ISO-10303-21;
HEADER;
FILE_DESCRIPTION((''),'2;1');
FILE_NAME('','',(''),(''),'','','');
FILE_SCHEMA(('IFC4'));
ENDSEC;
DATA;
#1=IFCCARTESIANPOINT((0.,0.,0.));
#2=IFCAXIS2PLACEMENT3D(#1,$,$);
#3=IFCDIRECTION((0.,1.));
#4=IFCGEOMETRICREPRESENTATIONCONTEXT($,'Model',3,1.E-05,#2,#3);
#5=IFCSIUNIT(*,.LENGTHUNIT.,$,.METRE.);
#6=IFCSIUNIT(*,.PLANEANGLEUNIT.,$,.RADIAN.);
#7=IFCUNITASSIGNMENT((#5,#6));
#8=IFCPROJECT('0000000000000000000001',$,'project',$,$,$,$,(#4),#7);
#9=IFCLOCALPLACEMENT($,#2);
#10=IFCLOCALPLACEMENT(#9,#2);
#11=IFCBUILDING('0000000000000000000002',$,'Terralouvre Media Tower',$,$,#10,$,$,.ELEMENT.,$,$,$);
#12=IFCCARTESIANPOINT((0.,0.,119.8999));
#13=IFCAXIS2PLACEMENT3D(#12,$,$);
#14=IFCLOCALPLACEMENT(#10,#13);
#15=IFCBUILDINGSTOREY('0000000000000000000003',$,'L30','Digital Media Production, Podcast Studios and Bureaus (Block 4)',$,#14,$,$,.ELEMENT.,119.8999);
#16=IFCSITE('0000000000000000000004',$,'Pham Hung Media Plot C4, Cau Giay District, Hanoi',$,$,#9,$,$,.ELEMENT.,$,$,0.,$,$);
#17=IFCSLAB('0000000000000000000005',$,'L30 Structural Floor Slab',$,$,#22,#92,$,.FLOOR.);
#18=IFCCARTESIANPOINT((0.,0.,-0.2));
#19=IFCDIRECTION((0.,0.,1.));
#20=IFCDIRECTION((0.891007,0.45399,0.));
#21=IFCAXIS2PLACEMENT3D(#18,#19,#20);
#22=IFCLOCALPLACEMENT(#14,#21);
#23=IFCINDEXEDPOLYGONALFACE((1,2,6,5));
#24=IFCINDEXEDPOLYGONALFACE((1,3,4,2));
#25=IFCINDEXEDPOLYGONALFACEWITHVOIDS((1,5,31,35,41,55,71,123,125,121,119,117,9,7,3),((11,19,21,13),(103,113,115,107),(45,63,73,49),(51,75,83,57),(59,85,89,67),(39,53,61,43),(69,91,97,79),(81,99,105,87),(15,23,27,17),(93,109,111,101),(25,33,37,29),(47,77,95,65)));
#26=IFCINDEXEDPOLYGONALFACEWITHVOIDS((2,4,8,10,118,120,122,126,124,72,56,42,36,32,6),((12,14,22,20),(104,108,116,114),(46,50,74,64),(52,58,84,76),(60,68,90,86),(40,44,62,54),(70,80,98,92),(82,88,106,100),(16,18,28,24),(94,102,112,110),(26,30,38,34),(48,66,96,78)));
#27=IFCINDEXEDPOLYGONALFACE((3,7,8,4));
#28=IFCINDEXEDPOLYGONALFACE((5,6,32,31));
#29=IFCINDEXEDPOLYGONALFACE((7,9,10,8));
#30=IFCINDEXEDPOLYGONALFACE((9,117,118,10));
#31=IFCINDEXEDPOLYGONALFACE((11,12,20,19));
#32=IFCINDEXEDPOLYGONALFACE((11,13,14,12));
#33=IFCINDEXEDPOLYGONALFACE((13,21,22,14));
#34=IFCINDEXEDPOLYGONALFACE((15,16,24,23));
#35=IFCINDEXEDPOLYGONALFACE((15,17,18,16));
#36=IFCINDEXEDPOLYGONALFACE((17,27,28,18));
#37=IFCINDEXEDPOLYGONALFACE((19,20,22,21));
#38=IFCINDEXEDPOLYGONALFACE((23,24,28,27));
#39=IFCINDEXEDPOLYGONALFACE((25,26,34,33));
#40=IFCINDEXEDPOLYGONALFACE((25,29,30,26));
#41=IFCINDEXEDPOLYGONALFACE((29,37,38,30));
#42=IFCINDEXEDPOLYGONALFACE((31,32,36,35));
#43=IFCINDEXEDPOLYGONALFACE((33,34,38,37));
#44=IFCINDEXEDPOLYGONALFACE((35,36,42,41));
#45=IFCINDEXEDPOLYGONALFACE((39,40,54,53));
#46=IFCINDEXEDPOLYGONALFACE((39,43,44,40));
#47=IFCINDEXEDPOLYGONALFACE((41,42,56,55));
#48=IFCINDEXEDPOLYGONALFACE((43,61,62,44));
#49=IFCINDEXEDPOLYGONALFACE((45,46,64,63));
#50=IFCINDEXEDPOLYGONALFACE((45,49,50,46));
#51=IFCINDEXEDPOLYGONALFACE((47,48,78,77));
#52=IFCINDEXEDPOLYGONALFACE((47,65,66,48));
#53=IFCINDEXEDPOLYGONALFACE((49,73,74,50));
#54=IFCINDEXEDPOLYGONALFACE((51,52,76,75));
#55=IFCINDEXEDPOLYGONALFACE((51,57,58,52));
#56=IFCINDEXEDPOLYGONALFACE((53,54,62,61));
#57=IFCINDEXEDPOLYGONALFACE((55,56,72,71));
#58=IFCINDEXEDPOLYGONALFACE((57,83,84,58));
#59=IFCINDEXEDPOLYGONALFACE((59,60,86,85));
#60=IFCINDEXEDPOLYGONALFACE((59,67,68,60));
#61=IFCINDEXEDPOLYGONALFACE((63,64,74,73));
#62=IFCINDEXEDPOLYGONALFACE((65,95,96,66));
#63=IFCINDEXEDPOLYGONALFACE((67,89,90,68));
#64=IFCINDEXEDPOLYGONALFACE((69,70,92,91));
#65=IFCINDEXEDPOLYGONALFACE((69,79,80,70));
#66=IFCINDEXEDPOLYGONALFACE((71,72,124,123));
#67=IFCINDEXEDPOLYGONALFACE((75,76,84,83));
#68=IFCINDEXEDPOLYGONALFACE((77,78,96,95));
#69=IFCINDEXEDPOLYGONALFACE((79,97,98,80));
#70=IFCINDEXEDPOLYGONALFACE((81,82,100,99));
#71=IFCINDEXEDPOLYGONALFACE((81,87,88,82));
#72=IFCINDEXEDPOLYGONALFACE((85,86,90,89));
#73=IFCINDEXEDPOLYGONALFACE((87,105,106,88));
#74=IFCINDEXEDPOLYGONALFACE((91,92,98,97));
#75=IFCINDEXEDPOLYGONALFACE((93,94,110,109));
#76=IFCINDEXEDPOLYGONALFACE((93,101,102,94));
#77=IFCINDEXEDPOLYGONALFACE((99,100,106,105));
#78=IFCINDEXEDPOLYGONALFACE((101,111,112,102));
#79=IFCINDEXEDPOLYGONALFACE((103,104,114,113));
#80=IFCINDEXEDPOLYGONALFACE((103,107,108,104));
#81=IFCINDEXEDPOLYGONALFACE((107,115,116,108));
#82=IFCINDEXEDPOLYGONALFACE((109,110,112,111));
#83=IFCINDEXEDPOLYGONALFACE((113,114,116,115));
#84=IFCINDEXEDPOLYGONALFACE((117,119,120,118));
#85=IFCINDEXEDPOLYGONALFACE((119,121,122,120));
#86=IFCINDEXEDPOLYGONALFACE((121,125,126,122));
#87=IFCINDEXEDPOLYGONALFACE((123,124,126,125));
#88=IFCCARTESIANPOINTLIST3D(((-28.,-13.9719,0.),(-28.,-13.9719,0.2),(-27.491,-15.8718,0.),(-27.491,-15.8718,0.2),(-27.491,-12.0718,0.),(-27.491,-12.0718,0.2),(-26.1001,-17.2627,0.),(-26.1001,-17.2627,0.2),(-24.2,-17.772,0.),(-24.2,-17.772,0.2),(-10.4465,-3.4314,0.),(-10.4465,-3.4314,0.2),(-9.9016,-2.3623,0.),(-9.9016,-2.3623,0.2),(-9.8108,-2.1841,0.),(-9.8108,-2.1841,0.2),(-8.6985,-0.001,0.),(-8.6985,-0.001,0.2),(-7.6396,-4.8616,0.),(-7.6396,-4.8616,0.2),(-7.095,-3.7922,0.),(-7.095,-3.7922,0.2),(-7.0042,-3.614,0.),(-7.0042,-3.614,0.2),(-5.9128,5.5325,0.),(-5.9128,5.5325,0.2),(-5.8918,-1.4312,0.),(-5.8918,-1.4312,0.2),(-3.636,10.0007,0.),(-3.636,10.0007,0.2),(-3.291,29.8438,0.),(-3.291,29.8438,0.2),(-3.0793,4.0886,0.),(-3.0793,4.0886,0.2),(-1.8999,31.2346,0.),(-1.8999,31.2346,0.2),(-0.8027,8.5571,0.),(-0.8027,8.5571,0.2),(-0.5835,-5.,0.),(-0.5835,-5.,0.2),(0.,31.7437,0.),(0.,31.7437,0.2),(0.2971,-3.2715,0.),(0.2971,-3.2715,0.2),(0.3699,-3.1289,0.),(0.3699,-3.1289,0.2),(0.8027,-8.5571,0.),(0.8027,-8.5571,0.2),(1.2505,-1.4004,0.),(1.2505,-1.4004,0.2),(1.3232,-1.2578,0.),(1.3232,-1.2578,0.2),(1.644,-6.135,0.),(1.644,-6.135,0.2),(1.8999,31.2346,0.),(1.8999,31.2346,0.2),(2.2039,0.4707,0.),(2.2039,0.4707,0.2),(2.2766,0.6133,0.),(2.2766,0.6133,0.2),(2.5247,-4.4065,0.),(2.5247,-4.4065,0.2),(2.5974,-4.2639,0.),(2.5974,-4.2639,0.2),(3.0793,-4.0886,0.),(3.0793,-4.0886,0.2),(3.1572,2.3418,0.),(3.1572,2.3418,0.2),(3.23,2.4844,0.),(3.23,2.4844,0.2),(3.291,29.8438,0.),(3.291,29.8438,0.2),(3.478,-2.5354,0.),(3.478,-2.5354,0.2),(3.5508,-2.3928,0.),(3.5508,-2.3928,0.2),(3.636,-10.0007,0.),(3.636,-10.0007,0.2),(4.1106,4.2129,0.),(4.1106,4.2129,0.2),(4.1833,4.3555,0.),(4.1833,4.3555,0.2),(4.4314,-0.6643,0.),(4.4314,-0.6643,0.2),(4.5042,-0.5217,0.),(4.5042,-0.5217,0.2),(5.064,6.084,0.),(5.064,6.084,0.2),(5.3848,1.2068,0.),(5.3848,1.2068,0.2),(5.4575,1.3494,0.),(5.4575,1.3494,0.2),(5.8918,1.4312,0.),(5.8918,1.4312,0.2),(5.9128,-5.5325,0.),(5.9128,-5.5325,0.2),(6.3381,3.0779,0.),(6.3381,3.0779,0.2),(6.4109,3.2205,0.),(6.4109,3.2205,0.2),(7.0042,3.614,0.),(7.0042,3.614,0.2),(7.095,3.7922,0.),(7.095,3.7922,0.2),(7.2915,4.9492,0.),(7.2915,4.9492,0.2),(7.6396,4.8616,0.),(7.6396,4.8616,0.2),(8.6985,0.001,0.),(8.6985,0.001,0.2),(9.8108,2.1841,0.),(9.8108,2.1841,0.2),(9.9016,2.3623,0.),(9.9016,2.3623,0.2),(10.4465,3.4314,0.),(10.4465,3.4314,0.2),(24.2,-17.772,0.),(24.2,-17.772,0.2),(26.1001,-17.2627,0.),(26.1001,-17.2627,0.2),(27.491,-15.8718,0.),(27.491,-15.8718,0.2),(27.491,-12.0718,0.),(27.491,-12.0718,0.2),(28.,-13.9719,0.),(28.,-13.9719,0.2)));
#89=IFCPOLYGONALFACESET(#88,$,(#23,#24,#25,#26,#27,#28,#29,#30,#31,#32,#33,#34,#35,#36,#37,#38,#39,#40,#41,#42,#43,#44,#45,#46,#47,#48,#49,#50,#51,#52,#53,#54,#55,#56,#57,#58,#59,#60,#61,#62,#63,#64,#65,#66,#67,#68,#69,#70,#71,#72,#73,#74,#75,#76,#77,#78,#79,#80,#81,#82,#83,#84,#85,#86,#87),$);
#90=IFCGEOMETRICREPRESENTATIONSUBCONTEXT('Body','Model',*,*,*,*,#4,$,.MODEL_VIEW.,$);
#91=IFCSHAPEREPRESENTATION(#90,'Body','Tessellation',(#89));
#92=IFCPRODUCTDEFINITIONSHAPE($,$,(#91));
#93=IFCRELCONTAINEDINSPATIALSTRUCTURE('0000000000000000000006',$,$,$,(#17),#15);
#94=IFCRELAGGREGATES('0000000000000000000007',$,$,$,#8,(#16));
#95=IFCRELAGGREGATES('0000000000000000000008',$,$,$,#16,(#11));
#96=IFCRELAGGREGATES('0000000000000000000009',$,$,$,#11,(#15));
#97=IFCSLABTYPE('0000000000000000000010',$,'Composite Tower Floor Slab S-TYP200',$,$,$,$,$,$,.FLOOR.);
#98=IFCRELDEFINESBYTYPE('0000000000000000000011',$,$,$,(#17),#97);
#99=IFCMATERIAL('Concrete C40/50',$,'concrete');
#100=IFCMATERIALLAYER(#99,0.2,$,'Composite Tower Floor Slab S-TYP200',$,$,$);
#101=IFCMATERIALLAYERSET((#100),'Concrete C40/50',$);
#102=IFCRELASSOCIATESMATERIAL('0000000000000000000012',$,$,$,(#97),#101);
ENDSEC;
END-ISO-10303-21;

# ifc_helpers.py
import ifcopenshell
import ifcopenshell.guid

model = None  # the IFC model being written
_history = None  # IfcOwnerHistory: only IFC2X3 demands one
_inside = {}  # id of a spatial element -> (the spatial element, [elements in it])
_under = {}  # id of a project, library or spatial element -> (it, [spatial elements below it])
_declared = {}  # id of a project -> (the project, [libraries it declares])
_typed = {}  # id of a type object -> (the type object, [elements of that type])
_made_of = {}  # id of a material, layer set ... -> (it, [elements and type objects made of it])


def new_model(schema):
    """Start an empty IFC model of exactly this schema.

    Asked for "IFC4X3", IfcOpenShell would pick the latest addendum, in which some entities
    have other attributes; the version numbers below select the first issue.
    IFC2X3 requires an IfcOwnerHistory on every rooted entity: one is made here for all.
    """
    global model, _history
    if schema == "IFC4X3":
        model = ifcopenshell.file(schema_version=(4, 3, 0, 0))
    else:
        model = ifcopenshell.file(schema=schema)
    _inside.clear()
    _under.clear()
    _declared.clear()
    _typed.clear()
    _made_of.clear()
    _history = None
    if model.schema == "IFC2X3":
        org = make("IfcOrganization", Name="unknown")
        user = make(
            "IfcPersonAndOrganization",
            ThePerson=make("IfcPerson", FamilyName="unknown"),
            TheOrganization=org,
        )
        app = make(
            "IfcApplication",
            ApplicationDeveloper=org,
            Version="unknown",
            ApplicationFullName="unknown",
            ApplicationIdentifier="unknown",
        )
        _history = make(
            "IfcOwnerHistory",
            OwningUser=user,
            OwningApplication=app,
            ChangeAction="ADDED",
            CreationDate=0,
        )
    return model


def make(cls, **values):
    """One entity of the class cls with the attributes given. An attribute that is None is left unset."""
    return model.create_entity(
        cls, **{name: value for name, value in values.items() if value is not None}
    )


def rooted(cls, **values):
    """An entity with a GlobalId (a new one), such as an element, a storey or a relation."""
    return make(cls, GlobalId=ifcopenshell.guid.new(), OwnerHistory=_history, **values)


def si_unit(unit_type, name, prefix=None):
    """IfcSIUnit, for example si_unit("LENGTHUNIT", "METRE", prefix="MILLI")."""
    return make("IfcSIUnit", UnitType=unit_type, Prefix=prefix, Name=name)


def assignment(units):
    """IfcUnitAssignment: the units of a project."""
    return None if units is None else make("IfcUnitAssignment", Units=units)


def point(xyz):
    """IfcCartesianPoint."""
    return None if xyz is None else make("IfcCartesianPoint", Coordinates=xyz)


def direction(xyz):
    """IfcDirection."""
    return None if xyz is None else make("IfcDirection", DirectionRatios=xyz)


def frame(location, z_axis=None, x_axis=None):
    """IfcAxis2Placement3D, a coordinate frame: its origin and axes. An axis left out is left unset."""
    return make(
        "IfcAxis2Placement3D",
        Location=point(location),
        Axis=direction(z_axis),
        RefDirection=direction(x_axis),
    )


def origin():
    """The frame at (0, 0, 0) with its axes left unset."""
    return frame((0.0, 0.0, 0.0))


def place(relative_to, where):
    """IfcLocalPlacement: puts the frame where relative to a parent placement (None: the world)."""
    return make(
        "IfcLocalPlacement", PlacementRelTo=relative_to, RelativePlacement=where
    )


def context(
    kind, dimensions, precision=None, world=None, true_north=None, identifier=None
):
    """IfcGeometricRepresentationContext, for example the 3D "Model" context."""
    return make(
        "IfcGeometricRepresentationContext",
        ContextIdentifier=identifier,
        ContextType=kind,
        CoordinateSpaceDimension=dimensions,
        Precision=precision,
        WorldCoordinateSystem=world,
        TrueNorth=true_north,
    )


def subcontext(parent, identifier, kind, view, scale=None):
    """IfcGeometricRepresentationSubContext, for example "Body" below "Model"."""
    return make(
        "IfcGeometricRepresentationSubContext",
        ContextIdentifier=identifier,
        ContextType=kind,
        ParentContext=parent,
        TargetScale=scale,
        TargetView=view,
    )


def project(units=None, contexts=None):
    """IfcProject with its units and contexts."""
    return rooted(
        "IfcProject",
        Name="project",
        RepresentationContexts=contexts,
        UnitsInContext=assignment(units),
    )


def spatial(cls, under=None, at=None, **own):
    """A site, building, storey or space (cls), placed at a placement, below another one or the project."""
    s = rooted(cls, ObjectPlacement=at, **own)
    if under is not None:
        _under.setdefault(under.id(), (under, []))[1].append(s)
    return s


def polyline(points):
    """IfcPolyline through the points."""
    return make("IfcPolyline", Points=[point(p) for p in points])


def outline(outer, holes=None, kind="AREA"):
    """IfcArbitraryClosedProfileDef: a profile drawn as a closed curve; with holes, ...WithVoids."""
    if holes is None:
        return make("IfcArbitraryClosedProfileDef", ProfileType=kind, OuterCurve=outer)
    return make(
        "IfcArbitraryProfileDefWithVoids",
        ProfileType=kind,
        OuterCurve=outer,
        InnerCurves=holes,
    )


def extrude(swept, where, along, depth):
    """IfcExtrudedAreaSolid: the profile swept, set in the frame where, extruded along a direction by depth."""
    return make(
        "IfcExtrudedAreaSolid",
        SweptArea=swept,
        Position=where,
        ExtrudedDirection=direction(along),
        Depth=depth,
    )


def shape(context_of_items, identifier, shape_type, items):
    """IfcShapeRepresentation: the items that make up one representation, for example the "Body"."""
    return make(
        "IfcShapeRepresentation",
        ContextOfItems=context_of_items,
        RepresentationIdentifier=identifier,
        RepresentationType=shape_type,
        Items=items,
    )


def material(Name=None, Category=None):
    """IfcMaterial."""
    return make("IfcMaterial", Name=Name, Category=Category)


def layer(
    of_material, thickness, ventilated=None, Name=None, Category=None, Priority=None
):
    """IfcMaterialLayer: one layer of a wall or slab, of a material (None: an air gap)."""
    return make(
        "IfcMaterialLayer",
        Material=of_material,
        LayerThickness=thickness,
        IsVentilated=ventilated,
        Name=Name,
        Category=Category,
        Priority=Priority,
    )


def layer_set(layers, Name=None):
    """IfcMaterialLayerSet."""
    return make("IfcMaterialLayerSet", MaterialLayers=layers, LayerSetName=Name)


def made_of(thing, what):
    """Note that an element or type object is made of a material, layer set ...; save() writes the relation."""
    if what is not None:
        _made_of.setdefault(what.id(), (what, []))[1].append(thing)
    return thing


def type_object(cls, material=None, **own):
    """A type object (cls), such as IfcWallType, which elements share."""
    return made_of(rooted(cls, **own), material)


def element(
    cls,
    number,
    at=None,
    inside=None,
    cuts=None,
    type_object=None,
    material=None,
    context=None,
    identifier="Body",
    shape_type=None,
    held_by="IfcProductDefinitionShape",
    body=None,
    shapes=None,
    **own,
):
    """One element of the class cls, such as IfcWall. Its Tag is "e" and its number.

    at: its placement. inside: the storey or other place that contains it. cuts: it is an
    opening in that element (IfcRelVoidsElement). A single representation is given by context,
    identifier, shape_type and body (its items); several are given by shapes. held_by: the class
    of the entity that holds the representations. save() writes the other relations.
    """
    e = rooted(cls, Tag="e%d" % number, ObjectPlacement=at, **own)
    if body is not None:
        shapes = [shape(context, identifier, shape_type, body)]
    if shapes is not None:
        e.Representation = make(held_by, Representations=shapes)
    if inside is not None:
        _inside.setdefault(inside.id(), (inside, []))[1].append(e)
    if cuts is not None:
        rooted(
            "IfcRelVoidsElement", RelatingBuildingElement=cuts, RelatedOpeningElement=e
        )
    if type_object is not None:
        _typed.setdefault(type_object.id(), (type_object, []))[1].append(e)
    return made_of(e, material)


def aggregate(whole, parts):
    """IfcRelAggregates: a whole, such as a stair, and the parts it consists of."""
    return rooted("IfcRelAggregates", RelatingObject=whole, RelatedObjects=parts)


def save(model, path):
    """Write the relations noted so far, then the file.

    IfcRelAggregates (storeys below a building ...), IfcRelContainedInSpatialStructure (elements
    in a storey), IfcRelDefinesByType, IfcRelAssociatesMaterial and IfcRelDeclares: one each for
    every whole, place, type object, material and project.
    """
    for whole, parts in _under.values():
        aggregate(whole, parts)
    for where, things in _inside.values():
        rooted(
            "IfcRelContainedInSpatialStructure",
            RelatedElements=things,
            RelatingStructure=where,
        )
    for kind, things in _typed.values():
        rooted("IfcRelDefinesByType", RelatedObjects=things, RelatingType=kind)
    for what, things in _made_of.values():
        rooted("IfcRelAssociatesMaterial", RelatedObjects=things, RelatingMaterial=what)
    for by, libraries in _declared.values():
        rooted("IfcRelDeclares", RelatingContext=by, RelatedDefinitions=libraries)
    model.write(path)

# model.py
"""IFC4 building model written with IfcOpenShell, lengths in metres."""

from ifc_helpers import new_model, si_unit, direction, frame, origin, place, context, subcontext, project, spatial, polyline, outline, extrude, material, layer, layer_set, type_object, element, save


model = new_model("IFC4")

# Units and contexts
model_context = context("Model", 3, precision=1e-05, world=origin(), true_north=direction((0.0, 1.0)))
body_context = subcontext(model_context, "Body", "Model", "MODEL_VIEW")
ifc_project = project(units=[si_unit("LENGTHUNIT", "METRE"), si_unit("PLANEANGLEUNIT", "RADIAN")], contexts=[model_context])

# Site, building, storey
site_placement = place(None, origin())
site = spatial("IfcSite", under=ifc_project, at=site_placement, Name="Pham Hung Media Plot C4, Cau Giay District, Hanoi", CompositionType="ELEMENT", RefElevation=0.0)
building_placement = place(site_placement, origin())
building = spatial("IfcBuilding", under=site, at=building_placement, Name="Terralouvre Media Tower", CompositionType="ELEMENT")
storey_placement = place(building_placement, frame((0.0, 0.0, 119.8999)))
storey = spatial("IfcBuildingStorey", under=building, at=storey_placement, Name="L30", Description="Digital Media Production, Podcast Studios and Bureaus (Block 4)", CompositionType="ELEMENT", Elevation=119.8999)

# Slab
ifc_material_1 = material(Name="Concrete C40/50", Category="concrete")
ifc_layer_1 = layer(ifc_material_1, 0.2, Name="Composite Tower Floor Slab S-TYP200")
ifc_layer_set_1 = layer_set([ifc_layer_1], Name="Concrete C40/50")
slab_type = type_object("IfcSlabType", Name="Composite Tower Floor Slab S-TYP200", PredefinedType="FLOOR", material=ifc_layer_set_1)
slab_placement = place(storey_placement, frame((0.0, 0.0, -0.2), z_axis=(0.0, 0.0, 1.0), x_axis=(0.891007, 0.45399, 0.0)))
element("IfcSlab", 1, at=slab_placement, inside=storey, type_object=slab_type, Name="L30 Structural Floor Slab", PredefinedType="FLOOR", context=body_context, shape_type="SweptSolid", body=[
    extrude(outline(polyline([(-27.491, -12.0718), (-28.0, -13.9719), (-27.491, -15.8718), (-26.1001, -17.2627), (-24.2, -17.772), (24.2, -17.772), (26.1001, -17.2627), (27.491, -15.8718), (28.0, -13.9719), (27.491, -12.0718), (3.291, 29.8438), (1.8999, 31.2346), (0.0, 31.7437), (-1.8999, 31.2346), (-3.291, 29.8438), (-27.491, -12.0718)]), holes=[polyline([(-7.095, -3.7922), (-7.6396, -4.8616), (-10.4465, -3.4314), (-9.9016, -2.3623), (-7.095, -3.7922)]), polyline([(-7.0042, -3.614), (-9.8108, -2.1841), (-8.6985, -0.001), (-5.8918, -1.4312), (-7.0042, -3.614)]), polyline([(4.5042, -0.5217), (2.2766, 0.6133), (3.1572, 2.3418), (5.3848, 1.2068), (4.5042, -0.5217)]), polyline([(6.3381, 3.0779), (5.4575, 1.3494), (3.23, 2.4844), (4.1106, 4.2129), (6.3381, 3.0779)]), polyline([(-3.0793, 4.0886), (-5.9128, 5.5325), (-3.636, 10.0007), (-0.8027, 8.5571), (-3.0793, 4.0886)]), polyline([(6.4109, 3.2205), (4.1833, 4.3555), (5.064, 6.084), (7.2915, 4.9492), (6.4109, 3.2205)]), polyline([(0.8027, -8.5571), (3.0793, -4.0886), (5.9128, -5.5325), (3.636, -10.0007), (0.8027, -8.5571)]), polyline([(1.644, -6.135), (-0.5835, -5.0), (0.2971, -3.2715), (2.5247, -4.4065), (1.644, -6.135)]), polyline([(2.5974, -4.2639), (0.3699, -3.1289), (1.2505, -1.4004), (3.478, -2.5354), (2.5974, -4.2639)]), polyline([(4.4314, -0.6643), (3.5508, -2.3928), (1.3232, -1.2578), (2.2039, 0.4707), (4.4314, -0.6643)]), polyline([(8.6985, 0.001), (5.8918, 1.4312), (7.0042, 3.614), (9.8108, 2.1841), (8.6985, 0.001)]), polyline([(9.9016, 2.3623), (7.095, 3.7922), (7.6396, 4.8616), (10.4465, 3.4314), (9.9016, 2.3623)])]), origin(), (0.0, 0.0, 1.0), 0.2),
])

save(model, "model.ifc")
